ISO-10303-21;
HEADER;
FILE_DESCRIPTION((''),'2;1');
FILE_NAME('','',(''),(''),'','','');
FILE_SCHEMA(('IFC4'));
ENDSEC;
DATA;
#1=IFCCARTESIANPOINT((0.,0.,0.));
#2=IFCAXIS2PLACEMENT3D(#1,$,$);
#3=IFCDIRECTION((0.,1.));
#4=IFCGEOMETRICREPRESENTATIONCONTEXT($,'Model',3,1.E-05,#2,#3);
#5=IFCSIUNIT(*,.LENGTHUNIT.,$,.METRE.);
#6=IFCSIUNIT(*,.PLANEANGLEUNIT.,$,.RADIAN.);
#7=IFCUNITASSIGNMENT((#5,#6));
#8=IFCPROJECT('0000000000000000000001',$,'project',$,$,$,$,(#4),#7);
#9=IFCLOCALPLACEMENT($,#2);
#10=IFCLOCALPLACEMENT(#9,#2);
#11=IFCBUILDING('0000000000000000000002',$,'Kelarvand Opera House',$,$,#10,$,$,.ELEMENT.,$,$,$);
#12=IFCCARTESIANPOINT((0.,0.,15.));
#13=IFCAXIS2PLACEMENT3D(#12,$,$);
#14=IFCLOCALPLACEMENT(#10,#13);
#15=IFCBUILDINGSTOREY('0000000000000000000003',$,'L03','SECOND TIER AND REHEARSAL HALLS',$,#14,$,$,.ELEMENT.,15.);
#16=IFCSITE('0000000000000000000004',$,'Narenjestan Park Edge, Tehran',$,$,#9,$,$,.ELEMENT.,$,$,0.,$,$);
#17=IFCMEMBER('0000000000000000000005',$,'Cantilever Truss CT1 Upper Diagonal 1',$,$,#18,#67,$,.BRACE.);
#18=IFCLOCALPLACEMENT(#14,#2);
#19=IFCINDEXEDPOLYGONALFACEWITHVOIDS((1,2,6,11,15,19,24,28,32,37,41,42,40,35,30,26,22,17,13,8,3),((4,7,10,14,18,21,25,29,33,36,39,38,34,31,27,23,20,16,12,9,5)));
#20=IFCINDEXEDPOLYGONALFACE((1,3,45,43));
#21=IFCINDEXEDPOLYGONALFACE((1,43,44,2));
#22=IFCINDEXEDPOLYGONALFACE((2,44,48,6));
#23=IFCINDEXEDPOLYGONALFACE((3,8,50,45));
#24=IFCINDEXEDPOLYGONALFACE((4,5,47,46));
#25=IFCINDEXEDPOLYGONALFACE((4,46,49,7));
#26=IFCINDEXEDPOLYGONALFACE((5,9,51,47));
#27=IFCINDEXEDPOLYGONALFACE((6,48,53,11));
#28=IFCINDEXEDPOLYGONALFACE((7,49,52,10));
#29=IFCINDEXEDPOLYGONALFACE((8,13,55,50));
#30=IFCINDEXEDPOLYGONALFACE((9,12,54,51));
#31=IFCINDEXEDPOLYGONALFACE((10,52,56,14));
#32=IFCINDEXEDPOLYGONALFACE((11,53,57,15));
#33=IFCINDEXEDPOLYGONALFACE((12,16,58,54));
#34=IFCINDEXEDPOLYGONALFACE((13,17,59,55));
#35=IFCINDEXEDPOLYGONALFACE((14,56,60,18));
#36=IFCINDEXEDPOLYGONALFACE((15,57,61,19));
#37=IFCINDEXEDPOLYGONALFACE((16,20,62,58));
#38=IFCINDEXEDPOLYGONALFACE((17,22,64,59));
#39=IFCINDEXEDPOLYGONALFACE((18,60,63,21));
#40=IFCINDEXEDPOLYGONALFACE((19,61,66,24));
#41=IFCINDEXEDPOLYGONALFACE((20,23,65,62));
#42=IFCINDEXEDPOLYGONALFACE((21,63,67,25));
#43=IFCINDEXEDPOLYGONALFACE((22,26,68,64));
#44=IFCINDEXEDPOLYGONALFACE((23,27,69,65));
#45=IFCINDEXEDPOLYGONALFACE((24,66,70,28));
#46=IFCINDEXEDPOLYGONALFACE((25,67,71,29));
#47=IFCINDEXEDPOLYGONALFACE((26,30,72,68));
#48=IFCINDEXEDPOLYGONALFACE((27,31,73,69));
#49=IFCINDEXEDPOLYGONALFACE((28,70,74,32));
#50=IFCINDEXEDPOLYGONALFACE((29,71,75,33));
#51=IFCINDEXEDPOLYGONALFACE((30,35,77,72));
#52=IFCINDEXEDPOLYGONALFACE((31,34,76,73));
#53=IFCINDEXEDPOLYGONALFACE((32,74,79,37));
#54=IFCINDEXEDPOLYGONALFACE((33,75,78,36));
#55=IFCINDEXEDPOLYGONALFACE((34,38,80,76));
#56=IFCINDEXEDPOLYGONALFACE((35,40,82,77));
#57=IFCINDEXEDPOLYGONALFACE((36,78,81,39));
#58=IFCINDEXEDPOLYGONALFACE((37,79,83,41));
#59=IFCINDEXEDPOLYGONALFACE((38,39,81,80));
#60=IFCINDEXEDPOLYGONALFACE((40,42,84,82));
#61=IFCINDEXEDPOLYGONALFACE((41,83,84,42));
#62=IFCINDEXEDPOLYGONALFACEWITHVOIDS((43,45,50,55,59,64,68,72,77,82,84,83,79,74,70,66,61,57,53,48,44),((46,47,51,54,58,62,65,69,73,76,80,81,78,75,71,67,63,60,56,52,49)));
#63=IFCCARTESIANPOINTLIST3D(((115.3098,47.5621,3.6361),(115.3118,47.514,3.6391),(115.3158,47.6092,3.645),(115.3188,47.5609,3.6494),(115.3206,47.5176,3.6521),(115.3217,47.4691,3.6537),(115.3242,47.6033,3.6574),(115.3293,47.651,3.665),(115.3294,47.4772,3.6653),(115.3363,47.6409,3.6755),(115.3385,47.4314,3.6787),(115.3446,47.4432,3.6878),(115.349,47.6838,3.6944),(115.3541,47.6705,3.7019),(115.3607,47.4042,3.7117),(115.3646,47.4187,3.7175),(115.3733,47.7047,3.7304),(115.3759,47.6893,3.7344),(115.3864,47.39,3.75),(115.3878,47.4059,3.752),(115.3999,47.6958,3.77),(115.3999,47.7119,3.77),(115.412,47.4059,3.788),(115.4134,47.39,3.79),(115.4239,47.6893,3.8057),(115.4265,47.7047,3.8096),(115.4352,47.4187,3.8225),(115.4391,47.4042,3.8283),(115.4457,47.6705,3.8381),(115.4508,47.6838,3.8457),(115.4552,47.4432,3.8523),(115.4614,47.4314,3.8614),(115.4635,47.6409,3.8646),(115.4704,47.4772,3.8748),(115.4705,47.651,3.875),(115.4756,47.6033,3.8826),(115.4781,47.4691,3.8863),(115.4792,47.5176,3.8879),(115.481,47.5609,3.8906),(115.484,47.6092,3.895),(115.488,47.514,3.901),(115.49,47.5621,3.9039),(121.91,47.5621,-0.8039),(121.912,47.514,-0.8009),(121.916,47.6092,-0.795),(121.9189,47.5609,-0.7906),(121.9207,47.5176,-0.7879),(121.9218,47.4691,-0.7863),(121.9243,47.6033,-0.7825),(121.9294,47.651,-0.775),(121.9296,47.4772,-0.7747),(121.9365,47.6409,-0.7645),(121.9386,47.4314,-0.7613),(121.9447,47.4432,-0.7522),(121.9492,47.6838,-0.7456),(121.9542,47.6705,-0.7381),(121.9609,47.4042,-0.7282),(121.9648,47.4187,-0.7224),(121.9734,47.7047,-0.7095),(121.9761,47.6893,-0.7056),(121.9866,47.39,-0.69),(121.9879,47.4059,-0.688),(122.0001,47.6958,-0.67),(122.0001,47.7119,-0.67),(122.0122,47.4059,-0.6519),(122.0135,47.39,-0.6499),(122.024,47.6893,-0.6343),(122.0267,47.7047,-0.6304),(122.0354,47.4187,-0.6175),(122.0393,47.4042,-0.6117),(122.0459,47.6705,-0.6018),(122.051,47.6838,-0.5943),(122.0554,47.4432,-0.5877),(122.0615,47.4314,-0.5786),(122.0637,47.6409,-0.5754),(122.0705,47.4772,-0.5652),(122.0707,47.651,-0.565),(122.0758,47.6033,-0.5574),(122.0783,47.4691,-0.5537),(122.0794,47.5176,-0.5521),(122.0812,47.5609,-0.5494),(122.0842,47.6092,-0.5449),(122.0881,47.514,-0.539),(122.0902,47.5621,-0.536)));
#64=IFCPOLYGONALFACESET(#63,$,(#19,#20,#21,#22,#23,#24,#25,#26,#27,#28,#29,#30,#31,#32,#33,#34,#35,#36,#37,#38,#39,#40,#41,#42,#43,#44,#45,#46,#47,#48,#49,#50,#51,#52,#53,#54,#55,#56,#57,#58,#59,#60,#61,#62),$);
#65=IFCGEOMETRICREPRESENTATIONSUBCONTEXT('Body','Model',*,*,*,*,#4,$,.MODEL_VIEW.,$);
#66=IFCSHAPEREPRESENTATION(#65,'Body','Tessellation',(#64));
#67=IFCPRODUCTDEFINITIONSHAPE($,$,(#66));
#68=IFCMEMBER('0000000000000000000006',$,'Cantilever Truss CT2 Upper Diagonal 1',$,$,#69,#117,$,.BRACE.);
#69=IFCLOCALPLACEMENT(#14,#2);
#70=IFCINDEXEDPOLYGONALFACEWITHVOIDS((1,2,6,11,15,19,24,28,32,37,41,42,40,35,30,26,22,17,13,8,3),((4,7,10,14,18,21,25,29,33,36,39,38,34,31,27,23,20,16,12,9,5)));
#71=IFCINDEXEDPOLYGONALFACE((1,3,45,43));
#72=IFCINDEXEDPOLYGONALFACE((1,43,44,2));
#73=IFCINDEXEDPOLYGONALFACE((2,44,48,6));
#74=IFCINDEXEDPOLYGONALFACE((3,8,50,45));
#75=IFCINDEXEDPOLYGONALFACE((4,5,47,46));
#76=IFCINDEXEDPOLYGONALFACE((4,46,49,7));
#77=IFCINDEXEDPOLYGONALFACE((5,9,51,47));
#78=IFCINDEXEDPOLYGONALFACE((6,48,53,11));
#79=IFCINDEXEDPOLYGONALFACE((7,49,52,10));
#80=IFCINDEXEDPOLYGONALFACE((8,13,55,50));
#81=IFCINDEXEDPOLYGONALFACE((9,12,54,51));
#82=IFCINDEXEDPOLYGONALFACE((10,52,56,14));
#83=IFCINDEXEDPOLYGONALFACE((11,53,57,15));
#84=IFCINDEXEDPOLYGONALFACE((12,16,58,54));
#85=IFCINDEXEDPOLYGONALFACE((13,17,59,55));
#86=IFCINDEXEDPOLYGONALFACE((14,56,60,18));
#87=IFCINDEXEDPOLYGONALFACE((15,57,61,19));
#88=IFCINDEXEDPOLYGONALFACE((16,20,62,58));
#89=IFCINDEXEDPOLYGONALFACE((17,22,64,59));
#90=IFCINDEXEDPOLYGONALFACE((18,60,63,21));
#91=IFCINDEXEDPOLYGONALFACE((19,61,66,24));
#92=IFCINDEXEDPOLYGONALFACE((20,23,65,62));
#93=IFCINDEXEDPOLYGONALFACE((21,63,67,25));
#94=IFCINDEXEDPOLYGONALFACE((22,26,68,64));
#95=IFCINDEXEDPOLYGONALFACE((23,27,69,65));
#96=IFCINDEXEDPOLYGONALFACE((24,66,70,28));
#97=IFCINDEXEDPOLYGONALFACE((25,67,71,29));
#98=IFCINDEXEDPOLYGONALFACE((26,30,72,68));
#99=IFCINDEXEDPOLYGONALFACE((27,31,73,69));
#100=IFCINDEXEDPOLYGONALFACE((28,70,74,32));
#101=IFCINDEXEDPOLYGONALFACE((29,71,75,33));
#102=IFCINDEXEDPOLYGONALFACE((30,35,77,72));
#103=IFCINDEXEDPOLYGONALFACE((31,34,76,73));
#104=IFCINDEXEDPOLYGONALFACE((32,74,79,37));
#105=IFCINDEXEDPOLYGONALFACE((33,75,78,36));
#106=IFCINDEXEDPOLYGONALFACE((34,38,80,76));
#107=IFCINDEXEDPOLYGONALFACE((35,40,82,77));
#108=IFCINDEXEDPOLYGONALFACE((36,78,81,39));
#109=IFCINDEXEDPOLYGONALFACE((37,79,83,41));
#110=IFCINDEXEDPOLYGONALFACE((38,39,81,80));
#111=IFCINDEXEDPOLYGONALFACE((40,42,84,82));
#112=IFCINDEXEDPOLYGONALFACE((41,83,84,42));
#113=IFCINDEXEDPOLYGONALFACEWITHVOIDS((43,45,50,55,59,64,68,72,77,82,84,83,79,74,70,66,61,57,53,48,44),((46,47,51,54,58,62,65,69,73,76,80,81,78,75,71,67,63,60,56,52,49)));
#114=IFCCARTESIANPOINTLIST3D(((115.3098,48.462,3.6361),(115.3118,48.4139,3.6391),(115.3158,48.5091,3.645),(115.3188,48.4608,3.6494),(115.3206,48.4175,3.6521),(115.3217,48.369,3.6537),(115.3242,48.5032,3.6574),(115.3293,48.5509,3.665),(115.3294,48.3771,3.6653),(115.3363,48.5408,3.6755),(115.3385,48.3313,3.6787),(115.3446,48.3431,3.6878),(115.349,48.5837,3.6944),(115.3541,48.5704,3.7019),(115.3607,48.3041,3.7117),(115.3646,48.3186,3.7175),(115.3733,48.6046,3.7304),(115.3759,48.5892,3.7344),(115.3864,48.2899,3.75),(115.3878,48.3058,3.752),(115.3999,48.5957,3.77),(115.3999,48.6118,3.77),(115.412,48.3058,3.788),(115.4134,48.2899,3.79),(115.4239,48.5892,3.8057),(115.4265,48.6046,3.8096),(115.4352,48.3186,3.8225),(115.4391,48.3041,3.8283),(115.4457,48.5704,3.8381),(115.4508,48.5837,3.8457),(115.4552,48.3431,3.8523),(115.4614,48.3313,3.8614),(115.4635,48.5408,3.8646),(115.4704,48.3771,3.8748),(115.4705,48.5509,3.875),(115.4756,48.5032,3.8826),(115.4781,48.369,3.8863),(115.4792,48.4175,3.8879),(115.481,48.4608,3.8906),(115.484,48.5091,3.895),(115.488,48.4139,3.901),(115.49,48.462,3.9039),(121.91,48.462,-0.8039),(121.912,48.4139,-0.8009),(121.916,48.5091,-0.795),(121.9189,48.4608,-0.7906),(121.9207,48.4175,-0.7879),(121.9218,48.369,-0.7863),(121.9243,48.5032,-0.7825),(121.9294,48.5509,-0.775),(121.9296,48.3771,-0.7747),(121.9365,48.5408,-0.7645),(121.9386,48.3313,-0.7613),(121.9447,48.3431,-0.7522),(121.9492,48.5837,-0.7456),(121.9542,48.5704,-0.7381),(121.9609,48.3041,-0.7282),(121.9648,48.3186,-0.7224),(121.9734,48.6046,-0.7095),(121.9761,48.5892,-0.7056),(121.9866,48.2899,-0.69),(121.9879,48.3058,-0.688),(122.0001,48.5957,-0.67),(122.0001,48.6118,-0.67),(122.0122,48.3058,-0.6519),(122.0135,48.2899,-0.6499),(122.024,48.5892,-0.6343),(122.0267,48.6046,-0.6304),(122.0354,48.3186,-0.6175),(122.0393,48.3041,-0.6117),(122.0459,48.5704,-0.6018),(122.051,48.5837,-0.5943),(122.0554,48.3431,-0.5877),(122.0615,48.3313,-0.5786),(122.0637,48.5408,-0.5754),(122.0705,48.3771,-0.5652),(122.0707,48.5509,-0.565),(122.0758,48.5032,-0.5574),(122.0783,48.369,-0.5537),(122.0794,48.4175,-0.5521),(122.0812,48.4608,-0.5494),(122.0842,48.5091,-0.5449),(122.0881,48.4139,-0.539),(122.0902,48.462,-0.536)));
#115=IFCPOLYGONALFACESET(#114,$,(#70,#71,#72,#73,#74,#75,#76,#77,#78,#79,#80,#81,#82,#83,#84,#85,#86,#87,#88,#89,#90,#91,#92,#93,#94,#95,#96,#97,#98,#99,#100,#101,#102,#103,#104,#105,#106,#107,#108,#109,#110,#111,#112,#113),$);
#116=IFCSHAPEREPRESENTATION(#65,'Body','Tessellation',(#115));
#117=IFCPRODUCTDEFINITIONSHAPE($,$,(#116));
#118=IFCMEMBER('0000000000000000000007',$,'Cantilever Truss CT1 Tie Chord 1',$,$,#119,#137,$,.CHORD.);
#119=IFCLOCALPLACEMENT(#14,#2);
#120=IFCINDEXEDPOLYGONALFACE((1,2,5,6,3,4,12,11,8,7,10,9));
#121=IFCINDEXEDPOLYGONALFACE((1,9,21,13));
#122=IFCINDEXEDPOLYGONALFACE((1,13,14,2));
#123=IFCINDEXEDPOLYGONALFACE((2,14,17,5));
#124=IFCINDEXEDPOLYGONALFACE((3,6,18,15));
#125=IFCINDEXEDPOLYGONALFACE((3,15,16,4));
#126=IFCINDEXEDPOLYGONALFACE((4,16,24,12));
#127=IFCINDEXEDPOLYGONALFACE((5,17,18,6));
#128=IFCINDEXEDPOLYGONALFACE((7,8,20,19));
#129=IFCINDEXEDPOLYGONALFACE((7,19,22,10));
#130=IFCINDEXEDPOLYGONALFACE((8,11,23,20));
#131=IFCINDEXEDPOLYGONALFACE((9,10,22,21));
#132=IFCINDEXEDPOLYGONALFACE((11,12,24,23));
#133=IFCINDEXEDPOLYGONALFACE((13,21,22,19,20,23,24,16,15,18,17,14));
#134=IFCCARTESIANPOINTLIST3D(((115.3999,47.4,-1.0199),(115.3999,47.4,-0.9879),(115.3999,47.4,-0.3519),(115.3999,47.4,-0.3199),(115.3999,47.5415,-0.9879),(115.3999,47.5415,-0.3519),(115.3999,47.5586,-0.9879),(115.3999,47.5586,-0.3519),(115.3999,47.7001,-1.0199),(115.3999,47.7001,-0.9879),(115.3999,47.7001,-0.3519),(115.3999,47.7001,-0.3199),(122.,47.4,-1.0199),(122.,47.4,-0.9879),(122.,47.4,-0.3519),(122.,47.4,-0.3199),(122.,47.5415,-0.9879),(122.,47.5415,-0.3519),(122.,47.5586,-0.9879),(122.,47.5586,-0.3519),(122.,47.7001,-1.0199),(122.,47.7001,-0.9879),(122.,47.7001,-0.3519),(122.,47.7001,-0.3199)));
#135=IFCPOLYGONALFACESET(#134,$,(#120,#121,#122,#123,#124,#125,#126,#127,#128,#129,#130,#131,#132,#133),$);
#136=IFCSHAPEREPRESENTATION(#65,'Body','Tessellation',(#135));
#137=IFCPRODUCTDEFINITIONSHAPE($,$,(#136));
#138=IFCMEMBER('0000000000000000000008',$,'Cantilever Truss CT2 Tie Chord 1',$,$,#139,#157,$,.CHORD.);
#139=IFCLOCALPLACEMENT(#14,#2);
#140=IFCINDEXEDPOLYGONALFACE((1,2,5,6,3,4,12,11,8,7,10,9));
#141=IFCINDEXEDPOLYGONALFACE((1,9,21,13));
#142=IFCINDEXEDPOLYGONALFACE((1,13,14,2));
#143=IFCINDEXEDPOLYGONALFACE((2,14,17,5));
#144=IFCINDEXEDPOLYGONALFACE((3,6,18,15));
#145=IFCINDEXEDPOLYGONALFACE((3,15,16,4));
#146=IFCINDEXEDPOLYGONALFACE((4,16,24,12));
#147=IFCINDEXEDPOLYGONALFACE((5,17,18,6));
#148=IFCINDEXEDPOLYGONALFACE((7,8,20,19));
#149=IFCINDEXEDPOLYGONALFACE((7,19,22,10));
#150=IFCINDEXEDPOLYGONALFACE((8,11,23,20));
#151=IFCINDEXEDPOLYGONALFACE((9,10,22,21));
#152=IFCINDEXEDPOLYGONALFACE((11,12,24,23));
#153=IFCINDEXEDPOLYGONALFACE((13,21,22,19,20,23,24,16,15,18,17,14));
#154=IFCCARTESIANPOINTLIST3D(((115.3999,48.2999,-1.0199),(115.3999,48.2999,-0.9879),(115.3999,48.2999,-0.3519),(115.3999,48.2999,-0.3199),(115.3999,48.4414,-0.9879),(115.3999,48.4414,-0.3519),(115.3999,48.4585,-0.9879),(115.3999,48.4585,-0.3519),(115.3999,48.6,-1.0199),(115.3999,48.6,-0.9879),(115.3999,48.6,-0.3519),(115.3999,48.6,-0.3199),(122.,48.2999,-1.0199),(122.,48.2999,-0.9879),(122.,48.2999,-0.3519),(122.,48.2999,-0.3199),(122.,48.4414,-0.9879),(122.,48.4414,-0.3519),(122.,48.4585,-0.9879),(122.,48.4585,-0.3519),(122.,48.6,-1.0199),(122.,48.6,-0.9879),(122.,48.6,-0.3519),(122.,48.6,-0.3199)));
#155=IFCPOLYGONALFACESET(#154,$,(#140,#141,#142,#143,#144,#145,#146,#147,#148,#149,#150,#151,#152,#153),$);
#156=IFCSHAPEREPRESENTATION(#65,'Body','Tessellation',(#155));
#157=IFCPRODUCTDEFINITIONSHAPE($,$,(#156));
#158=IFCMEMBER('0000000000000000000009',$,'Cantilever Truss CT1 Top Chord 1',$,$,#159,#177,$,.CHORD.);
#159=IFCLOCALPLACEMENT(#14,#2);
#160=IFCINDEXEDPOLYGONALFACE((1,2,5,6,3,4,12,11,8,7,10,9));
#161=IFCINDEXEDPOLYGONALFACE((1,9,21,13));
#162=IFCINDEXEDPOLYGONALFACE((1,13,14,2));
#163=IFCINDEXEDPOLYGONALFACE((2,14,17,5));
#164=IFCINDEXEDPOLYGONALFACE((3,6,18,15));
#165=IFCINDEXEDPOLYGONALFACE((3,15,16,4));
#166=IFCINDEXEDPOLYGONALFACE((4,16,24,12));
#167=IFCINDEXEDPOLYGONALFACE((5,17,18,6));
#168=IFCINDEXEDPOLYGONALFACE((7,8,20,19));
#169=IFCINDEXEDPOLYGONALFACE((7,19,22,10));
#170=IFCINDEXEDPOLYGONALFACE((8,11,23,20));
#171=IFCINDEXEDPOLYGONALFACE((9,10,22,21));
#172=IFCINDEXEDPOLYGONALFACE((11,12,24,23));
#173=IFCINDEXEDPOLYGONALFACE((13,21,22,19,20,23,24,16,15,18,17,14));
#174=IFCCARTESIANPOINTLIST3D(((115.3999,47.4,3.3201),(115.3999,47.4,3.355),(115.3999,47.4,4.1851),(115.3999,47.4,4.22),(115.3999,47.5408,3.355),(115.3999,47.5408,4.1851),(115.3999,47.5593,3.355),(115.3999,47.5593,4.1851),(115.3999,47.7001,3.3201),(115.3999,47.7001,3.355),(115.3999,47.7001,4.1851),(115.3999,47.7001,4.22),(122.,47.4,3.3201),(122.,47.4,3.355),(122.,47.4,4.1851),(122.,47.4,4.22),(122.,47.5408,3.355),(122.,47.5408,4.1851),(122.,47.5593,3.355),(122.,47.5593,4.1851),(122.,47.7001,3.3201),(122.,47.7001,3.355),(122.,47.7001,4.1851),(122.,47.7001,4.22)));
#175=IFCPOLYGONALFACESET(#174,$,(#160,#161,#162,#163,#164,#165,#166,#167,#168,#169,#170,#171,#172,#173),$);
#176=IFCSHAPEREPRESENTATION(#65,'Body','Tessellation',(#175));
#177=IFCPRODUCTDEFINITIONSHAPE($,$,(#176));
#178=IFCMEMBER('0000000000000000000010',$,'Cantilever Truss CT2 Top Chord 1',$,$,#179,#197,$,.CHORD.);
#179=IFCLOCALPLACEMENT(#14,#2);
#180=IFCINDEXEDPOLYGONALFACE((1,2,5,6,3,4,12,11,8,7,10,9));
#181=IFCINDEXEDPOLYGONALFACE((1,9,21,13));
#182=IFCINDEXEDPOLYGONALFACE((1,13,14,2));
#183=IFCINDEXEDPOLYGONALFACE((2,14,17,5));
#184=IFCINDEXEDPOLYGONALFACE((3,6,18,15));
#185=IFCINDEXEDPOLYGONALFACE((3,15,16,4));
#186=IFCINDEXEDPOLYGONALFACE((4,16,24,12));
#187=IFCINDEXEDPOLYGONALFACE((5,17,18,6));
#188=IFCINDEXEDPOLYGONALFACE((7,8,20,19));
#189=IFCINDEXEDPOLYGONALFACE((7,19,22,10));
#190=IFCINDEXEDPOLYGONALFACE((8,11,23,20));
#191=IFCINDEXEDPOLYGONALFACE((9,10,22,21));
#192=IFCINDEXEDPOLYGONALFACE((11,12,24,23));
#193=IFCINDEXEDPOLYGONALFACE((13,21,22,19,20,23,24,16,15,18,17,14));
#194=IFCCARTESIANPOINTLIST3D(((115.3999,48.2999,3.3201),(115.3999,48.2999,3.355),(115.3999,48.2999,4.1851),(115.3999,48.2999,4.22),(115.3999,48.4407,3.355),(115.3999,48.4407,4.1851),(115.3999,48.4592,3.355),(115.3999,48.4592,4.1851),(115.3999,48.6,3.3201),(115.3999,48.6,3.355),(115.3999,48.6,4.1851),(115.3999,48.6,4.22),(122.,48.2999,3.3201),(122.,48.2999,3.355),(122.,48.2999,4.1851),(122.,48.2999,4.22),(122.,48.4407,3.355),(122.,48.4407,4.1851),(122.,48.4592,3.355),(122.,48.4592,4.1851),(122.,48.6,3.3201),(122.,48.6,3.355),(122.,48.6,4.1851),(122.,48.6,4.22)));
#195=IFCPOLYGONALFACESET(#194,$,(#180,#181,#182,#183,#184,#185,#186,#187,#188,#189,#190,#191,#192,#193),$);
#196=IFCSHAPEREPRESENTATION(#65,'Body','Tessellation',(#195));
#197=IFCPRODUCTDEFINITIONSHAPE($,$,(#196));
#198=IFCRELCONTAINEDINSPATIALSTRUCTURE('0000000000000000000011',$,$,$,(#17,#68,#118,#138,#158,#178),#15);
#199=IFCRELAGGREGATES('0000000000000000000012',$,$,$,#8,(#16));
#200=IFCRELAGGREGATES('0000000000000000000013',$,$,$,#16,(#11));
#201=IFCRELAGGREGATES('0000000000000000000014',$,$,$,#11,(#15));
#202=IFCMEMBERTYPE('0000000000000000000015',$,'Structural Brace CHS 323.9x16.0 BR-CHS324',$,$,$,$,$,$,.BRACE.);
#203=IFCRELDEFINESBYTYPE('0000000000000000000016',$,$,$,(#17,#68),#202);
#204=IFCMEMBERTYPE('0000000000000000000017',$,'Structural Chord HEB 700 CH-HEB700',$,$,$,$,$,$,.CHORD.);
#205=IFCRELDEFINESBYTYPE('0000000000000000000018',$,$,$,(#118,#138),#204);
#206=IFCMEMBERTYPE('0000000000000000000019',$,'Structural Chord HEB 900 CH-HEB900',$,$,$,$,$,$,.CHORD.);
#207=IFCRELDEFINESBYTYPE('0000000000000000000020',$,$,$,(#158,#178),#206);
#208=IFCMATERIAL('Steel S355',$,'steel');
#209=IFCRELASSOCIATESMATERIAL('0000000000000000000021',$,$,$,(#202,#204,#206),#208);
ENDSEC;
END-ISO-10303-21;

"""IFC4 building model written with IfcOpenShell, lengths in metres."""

from ifc_helpers import new_model, si_unit, direction, frame, origin, origin_2d, place, context, subcontext, project, spatial, hollow_circle, i_section, extrude, material, material_profile, profile_set, type_object, element, save


model = new_model("IFC4")

# Units and contexts
model_context = context("Model", 3, precision=1e-05, world=origin(), true_north=direction((0.0, 1.0)))
body_context = subcontext(model_context, "Body", "Model", "MODEL_VIEW")
ifc_project = project(units=[si_unit("LENGTHUNIT", "METRE"), si_unit("PLANEANGLEUNIT", "RADIAN")], contexts=[model_context])

# Site, building, storey
site_placement = place(None, origin())
site = spatial("IfcSite", under=ifc_project, at=site_placement, Name="Narenjestan Park Edge, Tehran", CompositionType="ELEMENT", RefElevation=0.0)
building_placement = place(site_placement, origin())
building = spatial("IfcBuilding", under=site, at=building_placement, Name="Kelarvand Opera House", CompositionType="ELEMENT")
storey_placement = place(building_placement, frame((0.0, 0.0, 15.0)))
storey = spatial("IfcBuildingStorey", under=building, at=storey_placement, Name="L03", Description="SECOND TIER AND REHEARSAL HALLS", CompositionType="ELEMENT", Elevation=15.0)

# Members
ifc_material_1 = material(Name="Steel S355", Category="steel")
ifc_material_profile_1 = material_profile(ifc_material_1, hollow_circle(Radius=0.1619, WallThickness=0.0161, at=origin_2d()), Name="CHS 323.9x16.0", Category="steel")
ifc_profile_set_1 = profile_set([ifc_material_profile_1], Name="Steel S355")
member_type_1 = type_object("IfcMemberType", Name="Structural Brace CHS 323.9x16.0 BR-CHS324", PredefinedType="BRACE", material=ifc_profile_set_1)
for number, where, z_axis, x_axis, name in (
    (1, (115.3999, 47.55, 3.77), (0.829729, 0.0, -0.558166), (0.0, 1.0, 0.0), "Cantilever Truss CT1 Upper Diagonal 1"),
    (2, (115.3999, 48.45, 3.77), (0.829729, 0.0, -0.558166), (0.0, 1.0, 0.0), "Cantilever Truss CT2 Upper Diagonal 1"),
):
    element("IfcMember", number, at=place(storey_placement, frame(where, z_axis=z_axis, x_axis=x_axis)), inside=storey, type_object=member_type_1, Name=name, PredefinedType="BRACE", context=body_context, shape_type="SweptSolid", body=[
        extrude(hollow_circle(Radius=0.1619, WallThickness=0.0161, at=origin_2d()), origin(), (0.0, 0.0, 1.0), 7.9546),
    ])
ifc_material_profile_2 = material_profile(ifc_material_1, i_section(OverallWidth=0.3, OverallDepth=0.7, WebThickness=0.0171, FlangeThickness=0.032, at=origin_2d()), Name="HEB 700", Category="steel")
ifc_profile_set_2 = profile_set([ifc_material_profile_2], Name="Steel S355")
member_type_2 = type_object("IfcMemberType", Name="Structural Chord HEB 700 CH-HEB700", PredefinedType="CHORD", material=ifc_profile_set_2)
for number, where, z_axis, x_axis, name in (
    (3, (115.3999, 47.55, -0.6699), (1.0, 0.0, 0.0), (0.0, 1.0, 0.0), "Cantilever Truss CT1 Tie Chord 1"),
    (4, (115.3999, 48.45, -0.6699), (1.0, 0.0, 0.0), (0.0, 1.0, 0.0), "Cantilever Truss CT2 Tie Chord 1"),
):
    element("IfcMember", number, at=place(storey_placement, frame(where, z_axis=z_axis, x_axis=x_axis)), inside=storey, type_object=member_type_2, Name=name, PredefinedType="CHORD", context=body_context, shape_type="SweptSolid", body=[
        extrude(i_section(OverallWidth=0.3, OverallDepth=0.7, WebThickness=0.0171, FlangeThickness=0.032, at=origin_2d()), origin(), (0.0, 0.0, 1.0), 6.6001),
    ])
ifc_material_profile_3 = material_profile(ifc_material_1, i_section(OverallWidth=0.3, OverallDepth=0.8999, WebThickness=0.0186, FlangeThickness=0.0349, at=origin_2d()), Name="HEB 900", Category="steel")
ifc_profile_set_3 = profile_set([ifc_material_profile_3], Name="Steel S355")
member_type_3 = type_object("IfcMemberType", Name="Structural Chord HEB 900 CH-HEB900", PredefinedType="CHORD", material=ifc_profile_set_3)
for number, where, z_axis, x_axis, name in (
    (5, (115.3999, 47.55, 3.77), (1.0, 0.0, 0.0), (0.0, 1.0, 0.0), "Cantilever Truss CT1 Top Chord 1"),
    (6, (115.3999, 48.45, 3.77), (1.0, 0.0, 0.0), (0.0, 1.0, 0.0), "Cantilever Truss CT2 Top Chord 1"),
):
    element("IfcMember", number, at=place(storey_placement, frame(where, z_axis=z_axis, x_axis=x_axis)), inside=storey, type_object=member_type_3, Name=name, PredefinedType="CHORD", context=body_context, shape_type="SweptSolid", body=[
        extrude(i_section(OverallWidth=0.3, OverallDepth=0.8999, WebThickness=0.0186, FlangeThickness=0.0349, at=origin_2d()), origin(), (0.0, 0.0, 1.0), 6.6001),
    ])

save(model, "model.ifc")
